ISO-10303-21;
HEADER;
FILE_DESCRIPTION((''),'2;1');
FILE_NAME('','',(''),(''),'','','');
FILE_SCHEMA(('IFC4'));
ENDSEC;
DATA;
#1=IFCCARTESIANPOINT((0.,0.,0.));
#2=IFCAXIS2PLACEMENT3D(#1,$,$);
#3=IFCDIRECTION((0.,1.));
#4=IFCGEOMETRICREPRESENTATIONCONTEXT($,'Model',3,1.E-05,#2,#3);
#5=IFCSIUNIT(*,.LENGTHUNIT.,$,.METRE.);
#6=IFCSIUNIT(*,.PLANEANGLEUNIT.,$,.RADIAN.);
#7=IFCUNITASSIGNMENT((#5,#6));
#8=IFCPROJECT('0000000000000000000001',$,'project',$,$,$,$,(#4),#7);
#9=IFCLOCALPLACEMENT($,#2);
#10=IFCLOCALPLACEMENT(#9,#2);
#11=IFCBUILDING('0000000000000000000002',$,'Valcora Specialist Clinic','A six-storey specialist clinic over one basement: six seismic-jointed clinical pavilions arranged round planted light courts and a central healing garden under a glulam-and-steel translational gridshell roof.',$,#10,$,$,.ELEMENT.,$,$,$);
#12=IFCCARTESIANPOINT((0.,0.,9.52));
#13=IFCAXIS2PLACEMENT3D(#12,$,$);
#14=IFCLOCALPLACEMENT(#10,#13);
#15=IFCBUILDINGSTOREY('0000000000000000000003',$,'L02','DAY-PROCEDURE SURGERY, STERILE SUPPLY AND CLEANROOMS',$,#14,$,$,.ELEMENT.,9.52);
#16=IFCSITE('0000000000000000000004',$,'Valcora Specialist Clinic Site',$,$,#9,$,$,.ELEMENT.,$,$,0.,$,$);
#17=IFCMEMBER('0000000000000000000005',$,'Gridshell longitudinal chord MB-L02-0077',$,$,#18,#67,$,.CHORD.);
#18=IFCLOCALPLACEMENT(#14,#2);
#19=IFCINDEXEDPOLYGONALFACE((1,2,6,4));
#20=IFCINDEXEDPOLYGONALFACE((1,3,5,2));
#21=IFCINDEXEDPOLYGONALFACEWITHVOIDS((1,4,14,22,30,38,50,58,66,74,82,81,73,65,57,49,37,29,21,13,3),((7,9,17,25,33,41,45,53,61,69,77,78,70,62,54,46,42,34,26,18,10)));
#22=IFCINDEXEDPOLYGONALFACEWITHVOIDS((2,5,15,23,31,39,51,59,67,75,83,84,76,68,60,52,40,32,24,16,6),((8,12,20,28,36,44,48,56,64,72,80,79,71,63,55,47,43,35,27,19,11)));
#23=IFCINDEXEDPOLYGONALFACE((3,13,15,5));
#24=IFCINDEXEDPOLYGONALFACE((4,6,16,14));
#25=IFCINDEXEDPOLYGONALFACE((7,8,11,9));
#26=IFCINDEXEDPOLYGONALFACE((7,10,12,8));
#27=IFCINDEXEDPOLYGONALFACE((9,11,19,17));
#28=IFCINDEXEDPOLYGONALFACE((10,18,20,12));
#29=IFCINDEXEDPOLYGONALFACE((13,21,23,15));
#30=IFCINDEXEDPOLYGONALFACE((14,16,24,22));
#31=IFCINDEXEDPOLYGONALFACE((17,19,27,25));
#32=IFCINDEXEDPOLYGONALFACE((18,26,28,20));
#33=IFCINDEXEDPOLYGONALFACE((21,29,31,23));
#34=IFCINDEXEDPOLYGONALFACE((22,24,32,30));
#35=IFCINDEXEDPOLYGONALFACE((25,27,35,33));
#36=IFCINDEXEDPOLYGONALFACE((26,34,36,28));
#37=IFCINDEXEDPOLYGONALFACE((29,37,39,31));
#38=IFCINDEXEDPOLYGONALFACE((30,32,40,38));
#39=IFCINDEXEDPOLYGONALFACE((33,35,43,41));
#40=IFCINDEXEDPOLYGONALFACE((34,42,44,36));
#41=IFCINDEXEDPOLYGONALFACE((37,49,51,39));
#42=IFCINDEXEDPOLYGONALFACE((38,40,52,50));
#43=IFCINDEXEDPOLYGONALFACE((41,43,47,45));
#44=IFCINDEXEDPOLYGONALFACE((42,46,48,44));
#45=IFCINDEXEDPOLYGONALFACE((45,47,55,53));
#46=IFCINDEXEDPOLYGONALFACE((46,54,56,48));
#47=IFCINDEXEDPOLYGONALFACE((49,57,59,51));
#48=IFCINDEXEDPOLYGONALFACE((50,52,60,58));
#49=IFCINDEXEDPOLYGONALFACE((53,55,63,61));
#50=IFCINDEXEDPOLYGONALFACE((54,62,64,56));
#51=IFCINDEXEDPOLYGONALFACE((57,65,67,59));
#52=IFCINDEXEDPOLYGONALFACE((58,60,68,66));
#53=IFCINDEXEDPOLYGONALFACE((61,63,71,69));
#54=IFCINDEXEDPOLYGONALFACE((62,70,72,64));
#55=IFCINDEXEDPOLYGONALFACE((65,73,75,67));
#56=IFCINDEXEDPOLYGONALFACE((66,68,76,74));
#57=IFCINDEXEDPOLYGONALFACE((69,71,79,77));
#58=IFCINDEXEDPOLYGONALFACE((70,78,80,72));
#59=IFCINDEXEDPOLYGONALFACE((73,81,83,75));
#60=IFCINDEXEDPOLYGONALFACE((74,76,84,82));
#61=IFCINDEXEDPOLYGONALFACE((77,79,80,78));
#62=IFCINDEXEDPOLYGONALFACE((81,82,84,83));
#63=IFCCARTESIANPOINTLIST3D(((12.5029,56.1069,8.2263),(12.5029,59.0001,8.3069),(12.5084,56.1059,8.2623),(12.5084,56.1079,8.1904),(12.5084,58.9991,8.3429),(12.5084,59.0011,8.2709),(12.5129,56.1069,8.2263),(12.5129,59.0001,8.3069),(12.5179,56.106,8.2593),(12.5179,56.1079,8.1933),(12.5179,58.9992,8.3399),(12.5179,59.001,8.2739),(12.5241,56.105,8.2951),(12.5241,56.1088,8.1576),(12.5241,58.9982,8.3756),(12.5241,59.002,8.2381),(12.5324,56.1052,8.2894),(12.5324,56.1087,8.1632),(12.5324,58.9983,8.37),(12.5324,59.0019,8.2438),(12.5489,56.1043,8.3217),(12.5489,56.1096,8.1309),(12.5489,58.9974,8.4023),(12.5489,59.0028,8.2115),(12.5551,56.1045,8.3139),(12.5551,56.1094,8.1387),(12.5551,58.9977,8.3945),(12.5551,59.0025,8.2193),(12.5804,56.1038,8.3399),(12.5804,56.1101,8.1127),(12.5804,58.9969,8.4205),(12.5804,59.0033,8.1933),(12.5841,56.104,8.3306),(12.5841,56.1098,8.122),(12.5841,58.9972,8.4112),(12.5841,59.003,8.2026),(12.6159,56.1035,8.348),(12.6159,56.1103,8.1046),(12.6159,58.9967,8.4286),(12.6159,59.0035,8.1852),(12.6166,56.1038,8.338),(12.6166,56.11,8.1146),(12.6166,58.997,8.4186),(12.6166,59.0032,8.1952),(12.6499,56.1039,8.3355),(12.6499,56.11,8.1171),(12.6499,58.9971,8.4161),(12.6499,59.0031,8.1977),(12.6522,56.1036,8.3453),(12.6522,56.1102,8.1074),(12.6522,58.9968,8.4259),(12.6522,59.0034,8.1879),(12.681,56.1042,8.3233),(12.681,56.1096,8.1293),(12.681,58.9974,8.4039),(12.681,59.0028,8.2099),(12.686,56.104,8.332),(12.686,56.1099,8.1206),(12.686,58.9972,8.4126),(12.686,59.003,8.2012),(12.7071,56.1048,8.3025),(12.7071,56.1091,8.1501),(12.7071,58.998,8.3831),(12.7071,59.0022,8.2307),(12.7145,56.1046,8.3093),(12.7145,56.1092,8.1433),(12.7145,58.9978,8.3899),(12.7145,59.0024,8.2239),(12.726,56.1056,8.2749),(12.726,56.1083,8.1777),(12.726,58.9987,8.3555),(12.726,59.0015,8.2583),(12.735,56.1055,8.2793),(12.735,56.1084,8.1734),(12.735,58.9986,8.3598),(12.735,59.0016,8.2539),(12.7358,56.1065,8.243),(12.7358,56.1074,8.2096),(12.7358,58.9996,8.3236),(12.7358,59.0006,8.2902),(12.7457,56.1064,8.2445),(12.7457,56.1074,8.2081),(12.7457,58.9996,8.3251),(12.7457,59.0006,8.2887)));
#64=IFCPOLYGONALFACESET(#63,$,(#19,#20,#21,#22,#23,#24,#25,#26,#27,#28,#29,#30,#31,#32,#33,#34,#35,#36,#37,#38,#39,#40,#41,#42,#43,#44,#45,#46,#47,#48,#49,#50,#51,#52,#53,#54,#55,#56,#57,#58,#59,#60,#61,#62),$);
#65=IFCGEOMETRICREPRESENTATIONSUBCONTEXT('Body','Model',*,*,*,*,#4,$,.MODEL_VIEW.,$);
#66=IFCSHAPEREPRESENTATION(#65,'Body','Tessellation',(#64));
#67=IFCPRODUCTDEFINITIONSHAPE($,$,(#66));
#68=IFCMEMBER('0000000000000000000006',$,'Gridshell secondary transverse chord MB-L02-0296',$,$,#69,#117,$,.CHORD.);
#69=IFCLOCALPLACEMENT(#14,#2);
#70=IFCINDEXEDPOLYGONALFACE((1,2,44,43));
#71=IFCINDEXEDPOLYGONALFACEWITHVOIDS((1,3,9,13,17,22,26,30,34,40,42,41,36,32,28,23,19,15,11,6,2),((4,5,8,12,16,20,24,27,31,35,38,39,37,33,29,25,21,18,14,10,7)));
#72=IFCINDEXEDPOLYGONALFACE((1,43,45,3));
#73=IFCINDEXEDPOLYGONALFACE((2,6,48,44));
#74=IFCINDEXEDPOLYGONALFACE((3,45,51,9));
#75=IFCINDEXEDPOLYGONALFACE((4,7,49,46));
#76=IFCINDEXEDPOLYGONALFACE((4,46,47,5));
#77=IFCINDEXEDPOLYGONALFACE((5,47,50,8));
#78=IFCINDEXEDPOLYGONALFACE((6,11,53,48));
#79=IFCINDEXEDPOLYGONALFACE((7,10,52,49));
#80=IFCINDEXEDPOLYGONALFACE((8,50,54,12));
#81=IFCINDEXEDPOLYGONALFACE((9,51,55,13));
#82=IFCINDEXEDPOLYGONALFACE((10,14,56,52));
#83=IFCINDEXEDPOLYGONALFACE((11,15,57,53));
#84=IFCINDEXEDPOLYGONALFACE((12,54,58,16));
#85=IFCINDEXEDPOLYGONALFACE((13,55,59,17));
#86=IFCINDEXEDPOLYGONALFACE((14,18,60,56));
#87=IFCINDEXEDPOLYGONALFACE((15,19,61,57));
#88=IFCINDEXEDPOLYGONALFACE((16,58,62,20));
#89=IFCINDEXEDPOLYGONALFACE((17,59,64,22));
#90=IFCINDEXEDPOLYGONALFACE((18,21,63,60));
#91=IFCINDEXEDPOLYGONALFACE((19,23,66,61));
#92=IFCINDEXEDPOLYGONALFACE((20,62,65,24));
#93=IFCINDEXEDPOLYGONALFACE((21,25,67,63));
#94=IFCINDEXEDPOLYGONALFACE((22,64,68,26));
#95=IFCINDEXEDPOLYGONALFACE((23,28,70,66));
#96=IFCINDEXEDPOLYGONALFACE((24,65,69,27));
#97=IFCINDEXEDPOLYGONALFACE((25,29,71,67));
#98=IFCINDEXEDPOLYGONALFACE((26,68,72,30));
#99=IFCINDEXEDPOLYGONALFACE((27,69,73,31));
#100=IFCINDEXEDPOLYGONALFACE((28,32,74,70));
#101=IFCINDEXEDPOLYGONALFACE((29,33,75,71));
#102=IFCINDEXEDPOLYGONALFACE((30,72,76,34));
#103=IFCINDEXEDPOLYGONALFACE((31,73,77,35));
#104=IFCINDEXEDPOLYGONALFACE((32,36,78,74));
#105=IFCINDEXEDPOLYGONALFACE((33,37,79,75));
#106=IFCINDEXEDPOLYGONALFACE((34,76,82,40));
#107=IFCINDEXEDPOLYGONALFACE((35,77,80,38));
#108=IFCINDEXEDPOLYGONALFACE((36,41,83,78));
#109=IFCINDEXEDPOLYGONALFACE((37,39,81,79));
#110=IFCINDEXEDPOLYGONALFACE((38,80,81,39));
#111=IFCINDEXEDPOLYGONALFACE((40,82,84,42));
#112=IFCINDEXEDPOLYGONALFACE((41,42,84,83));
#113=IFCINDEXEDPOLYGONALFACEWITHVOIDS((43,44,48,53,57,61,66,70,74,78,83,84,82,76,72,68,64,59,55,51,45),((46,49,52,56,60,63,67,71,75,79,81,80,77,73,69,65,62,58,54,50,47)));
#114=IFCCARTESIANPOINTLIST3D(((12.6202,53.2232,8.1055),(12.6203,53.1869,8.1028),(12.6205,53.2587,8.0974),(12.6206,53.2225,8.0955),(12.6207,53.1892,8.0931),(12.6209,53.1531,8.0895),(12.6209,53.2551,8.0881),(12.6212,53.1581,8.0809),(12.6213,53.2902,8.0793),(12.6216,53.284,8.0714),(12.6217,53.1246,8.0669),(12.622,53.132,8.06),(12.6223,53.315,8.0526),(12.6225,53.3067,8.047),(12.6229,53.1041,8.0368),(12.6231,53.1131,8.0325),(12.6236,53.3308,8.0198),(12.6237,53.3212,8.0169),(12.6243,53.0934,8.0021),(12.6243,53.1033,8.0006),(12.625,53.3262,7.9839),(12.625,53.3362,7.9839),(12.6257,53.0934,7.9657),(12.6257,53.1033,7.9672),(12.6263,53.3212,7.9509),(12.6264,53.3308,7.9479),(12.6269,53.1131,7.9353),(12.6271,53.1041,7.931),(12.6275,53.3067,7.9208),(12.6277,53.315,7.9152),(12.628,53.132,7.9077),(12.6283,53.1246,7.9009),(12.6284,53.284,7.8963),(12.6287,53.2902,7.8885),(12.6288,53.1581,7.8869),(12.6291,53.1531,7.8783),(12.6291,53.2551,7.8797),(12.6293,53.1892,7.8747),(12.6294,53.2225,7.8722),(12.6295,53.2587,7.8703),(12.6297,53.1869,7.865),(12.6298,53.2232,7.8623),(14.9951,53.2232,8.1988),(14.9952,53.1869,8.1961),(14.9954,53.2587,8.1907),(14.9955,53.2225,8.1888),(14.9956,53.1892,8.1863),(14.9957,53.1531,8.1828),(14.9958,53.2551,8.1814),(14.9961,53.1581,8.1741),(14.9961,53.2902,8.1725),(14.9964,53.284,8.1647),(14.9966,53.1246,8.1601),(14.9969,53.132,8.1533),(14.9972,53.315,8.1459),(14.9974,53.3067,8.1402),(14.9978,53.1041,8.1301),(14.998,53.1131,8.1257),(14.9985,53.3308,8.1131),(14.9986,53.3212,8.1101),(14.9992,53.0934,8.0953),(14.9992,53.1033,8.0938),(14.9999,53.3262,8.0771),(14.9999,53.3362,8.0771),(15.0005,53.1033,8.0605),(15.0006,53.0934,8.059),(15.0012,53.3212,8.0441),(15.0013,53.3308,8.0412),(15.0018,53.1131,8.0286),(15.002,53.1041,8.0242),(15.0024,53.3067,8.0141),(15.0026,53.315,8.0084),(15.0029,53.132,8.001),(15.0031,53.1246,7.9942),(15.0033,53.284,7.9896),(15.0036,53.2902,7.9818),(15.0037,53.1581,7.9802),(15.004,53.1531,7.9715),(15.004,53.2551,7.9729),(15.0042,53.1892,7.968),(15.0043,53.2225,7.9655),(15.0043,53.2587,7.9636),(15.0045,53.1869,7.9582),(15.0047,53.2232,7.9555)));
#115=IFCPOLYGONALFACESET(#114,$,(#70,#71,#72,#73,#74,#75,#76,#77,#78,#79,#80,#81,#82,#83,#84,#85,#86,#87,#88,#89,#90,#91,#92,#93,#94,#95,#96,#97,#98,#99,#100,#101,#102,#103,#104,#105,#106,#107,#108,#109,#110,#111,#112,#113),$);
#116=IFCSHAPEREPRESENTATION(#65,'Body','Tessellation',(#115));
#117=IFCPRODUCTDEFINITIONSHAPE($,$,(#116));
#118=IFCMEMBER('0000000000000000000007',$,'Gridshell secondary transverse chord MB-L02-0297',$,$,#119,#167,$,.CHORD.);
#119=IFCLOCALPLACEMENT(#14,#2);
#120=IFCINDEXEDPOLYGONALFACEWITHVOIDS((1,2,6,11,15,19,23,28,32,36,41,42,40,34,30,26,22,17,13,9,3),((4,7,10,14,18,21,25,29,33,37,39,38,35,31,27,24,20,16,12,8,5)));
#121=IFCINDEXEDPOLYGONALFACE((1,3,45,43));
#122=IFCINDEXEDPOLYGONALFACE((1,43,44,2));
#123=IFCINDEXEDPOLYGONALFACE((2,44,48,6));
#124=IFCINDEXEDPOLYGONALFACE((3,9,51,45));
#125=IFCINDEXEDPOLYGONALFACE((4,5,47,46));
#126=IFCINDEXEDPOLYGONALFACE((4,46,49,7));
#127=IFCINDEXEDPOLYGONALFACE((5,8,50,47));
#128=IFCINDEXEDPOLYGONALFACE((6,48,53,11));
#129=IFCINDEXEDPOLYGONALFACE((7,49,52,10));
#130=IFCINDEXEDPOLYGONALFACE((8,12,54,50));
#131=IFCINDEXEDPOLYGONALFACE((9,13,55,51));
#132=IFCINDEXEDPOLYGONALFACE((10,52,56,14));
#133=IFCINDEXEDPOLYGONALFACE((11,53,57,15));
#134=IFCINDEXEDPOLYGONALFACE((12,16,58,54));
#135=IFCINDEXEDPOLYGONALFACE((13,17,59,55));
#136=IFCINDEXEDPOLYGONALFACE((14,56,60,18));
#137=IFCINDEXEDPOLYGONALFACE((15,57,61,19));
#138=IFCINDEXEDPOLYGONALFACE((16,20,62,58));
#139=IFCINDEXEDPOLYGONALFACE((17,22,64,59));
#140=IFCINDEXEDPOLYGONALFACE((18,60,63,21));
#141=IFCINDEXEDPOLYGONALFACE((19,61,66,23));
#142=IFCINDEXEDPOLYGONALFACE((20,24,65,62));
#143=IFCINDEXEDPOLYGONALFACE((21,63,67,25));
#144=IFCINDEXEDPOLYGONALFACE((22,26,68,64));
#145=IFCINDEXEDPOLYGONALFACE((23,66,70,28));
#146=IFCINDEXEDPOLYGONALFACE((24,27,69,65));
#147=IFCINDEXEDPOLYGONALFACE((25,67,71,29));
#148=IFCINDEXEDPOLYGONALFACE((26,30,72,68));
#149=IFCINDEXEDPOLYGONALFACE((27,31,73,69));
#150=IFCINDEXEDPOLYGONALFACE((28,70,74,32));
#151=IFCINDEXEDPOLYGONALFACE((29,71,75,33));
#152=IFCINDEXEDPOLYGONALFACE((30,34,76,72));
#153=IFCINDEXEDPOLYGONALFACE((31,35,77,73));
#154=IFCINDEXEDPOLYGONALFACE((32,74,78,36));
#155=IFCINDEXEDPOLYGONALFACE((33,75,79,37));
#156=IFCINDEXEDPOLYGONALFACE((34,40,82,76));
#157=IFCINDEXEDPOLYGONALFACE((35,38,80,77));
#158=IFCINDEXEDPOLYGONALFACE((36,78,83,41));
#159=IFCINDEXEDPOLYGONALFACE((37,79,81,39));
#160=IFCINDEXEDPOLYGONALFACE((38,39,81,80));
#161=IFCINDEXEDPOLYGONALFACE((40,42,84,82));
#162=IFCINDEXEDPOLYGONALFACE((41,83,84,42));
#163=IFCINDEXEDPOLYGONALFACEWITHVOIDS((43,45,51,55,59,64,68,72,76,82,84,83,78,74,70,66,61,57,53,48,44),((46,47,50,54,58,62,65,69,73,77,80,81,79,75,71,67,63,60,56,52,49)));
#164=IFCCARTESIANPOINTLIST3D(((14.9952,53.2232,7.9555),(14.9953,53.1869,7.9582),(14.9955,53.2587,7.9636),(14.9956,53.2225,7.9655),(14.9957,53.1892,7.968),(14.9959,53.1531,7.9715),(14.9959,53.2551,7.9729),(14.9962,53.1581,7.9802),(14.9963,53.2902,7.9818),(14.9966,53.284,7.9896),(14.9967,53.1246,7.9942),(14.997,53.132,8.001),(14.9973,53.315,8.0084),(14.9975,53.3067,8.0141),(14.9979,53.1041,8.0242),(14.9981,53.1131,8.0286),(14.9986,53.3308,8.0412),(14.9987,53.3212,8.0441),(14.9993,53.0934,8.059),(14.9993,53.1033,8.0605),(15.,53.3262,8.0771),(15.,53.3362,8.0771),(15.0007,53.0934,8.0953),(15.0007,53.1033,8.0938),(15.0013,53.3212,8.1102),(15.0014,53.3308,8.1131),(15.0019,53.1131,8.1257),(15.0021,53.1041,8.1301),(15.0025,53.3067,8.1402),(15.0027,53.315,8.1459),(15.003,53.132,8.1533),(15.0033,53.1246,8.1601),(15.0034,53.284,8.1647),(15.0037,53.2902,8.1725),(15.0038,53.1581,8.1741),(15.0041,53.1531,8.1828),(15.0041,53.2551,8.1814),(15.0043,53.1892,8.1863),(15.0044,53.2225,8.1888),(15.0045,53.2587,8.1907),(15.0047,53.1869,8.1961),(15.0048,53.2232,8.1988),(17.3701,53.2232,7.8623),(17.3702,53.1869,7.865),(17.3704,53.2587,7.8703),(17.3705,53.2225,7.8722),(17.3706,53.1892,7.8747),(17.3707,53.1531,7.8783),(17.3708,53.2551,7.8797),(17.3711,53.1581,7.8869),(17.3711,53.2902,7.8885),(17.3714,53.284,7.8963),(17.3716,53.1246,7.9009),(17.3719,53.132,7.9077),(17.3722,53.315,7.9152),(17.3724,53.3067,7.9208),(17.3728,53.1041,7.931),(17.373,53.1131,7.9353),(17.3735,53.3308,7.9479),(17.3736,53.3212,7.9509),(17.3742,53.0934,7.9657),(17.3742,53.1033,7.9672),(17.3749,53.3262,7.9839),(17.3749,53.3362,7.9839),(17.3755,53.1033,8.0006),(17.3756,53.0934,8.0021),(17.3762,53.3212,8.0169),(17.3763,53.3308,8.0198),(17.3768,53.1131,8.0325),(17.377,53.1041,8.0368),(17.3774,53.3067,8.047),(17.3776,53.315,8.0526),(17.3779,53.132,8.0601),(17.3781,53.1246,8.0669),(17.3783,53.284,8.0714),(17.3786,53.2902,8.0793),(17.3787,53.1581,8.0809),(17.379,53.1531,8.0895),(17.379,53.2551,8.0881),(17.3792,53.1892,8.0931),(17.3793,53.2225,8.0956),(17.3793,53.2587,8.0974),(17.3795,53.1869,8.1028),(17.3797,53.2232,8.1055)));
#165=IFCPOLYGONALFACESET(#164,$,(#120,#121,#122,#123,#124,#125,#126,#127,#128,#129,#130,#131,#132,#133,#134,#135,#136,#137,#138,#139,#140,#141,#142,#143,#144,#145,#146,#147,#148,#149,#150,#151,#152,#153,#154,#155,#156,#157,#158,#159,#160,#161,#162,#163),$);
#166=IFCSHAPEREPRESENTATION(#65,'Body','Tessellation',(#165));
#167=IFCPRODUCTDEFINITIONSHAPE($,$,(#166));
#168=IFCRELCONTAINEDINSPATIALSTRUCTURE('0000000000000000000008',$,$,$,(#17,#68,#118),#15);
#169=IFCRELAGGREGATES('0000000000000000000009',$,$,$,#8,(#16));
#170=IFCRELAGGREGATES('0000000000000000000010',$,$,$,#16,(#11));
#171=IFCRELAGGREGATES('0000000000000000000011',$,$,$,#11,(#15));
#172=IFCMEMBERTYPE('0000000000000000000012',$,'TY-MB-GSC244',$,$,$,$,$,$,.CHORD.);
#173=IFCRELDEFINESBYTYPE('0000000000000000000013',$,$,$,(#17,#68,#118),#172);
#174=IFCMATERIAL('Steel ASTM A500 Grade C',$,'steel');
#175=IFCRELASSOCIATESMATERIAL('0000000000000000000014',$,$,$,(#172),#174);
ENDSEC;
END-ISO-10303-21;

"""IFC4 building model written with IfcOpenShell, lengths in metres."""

from ifc_helpers import new_model, si_unit, direction, frame, origin, origin_2d, place, context, subcontext, project, spatial, hollow_circle, extrude, material, material_profile, profile_set, type_object, element, save


model = new_model("IFC4")

# Units and contexts
model_context = context("Model", 3, precision=1e-05, world=origin(), true_north=direction((0.0, 1.0)))
body_context = subcontext(model_context, "Body", "Model", "MODEL_VIEW")
ifc_project = project(units=[si_unit("LENGTHUNIT", "METRE"), si_unit("PLANEANGLEUNIT", "RADIAN")], contexts=[model_context])

# Site, building, storey
site_placement = place(None, origin())
site = spatial("IfcSite", under=ifc_project, at=site_placement, Name="Valcora Specialist Clinic Site", CompositionType="ELEMENT", RefElevation=0.0)
building_placement = place(site_placement, origin())
building = spatial("IfcBuilding", under=site, at=building_placement, Name="Valcora Specialist Clinic", Description="A six-storey specialist clinic over one basement: six seismic-jointed clinical pavilions arranged round planted light courts and a central healing garden under a glulam-and-steel translational gridshell roof.", CompositionType="ELEMENT")
storey_placement = place(building_placement, frame((0.0, 0.0, 9.52)))
storey = spatial("IfcBuildingStorey", under=building, at=storey_placement, Name="L02", Description="DAY-PROCEDURE SURGERY, STERILE SUPPLY AND CLEANROOMS", CompositionType="ELEMENT", Elevation=9.52)

# Members
ifc_material_1 = material(Name="Steel ASTM A500 Grade C", Category="steel")
ifc_material_profile_1 = material_profile(ifc_material_1, hollow_circle(Radius=0.1221, WallThickness=0.01, at=origin_2d()), Name="ST-CHS-244X10")
ifc_profile_set_1 = profile_set([ifc_material_profile_1], Name="Steel ASTM A500 Grade C")
member_type_1 = type_object("IfcMemberType", Name="TY-MB-GSC244", PredefinedType="CHORD", material=ifc_profile_set_1)
member_1_placement = place(storey_placement, frame((12.625, 56.1069, 8.2263), z_axis=(0.0, 0.999612, 0.027837), x_axis=(-1.0, 0.0, 0.0)))
element("IfcMember", 1, at=member_1_placement, inside=storey, type_object=member_type_1, Name="Gridshell longitudinal chord MB-L02-0077", PredefinedType="CHORD", context=body_context, shape_type="SweptSolid", body=[
    extrude(hollow_circle(Radius=0.1221, WallThickness=0.01, at=origin_2d()), origin(), (0.0, 0.0, 1.0), 2.8943),
])
for number, where, z_axis, x_axis, name in (
    (2, (12.625, 53.2141, 7.9839), (0.99923, 0.0, 0.039238), (0.0, 1.0, 0.0), "Gridshell secondary transverse chord MB-L02-0296"),
    (3, (15.0, 53.2141, 8.0771), (0.99923, 0.0, -0.039238), (0.0, 1.0, 0.0), "Gridshell secondary transverse chord MB-L02-0297"),
):
    element("IfcMember", number, at=place(storey_placement, frame(where, z_axis=z_axis, x_axis=x_axis)), inside=storey, type_object=member_type_1, Name=name, PredefinedType="CHORD", context=body_context, shape_type="SweptSolid", body=[
        extrude(hollow_circle(Radius=0.1221, WallThickness=0.01, at=origin_2d()), origin(), (0.0, 0.0, 1.0), 2.3767),
    ])

save(model, "model.ifc")
